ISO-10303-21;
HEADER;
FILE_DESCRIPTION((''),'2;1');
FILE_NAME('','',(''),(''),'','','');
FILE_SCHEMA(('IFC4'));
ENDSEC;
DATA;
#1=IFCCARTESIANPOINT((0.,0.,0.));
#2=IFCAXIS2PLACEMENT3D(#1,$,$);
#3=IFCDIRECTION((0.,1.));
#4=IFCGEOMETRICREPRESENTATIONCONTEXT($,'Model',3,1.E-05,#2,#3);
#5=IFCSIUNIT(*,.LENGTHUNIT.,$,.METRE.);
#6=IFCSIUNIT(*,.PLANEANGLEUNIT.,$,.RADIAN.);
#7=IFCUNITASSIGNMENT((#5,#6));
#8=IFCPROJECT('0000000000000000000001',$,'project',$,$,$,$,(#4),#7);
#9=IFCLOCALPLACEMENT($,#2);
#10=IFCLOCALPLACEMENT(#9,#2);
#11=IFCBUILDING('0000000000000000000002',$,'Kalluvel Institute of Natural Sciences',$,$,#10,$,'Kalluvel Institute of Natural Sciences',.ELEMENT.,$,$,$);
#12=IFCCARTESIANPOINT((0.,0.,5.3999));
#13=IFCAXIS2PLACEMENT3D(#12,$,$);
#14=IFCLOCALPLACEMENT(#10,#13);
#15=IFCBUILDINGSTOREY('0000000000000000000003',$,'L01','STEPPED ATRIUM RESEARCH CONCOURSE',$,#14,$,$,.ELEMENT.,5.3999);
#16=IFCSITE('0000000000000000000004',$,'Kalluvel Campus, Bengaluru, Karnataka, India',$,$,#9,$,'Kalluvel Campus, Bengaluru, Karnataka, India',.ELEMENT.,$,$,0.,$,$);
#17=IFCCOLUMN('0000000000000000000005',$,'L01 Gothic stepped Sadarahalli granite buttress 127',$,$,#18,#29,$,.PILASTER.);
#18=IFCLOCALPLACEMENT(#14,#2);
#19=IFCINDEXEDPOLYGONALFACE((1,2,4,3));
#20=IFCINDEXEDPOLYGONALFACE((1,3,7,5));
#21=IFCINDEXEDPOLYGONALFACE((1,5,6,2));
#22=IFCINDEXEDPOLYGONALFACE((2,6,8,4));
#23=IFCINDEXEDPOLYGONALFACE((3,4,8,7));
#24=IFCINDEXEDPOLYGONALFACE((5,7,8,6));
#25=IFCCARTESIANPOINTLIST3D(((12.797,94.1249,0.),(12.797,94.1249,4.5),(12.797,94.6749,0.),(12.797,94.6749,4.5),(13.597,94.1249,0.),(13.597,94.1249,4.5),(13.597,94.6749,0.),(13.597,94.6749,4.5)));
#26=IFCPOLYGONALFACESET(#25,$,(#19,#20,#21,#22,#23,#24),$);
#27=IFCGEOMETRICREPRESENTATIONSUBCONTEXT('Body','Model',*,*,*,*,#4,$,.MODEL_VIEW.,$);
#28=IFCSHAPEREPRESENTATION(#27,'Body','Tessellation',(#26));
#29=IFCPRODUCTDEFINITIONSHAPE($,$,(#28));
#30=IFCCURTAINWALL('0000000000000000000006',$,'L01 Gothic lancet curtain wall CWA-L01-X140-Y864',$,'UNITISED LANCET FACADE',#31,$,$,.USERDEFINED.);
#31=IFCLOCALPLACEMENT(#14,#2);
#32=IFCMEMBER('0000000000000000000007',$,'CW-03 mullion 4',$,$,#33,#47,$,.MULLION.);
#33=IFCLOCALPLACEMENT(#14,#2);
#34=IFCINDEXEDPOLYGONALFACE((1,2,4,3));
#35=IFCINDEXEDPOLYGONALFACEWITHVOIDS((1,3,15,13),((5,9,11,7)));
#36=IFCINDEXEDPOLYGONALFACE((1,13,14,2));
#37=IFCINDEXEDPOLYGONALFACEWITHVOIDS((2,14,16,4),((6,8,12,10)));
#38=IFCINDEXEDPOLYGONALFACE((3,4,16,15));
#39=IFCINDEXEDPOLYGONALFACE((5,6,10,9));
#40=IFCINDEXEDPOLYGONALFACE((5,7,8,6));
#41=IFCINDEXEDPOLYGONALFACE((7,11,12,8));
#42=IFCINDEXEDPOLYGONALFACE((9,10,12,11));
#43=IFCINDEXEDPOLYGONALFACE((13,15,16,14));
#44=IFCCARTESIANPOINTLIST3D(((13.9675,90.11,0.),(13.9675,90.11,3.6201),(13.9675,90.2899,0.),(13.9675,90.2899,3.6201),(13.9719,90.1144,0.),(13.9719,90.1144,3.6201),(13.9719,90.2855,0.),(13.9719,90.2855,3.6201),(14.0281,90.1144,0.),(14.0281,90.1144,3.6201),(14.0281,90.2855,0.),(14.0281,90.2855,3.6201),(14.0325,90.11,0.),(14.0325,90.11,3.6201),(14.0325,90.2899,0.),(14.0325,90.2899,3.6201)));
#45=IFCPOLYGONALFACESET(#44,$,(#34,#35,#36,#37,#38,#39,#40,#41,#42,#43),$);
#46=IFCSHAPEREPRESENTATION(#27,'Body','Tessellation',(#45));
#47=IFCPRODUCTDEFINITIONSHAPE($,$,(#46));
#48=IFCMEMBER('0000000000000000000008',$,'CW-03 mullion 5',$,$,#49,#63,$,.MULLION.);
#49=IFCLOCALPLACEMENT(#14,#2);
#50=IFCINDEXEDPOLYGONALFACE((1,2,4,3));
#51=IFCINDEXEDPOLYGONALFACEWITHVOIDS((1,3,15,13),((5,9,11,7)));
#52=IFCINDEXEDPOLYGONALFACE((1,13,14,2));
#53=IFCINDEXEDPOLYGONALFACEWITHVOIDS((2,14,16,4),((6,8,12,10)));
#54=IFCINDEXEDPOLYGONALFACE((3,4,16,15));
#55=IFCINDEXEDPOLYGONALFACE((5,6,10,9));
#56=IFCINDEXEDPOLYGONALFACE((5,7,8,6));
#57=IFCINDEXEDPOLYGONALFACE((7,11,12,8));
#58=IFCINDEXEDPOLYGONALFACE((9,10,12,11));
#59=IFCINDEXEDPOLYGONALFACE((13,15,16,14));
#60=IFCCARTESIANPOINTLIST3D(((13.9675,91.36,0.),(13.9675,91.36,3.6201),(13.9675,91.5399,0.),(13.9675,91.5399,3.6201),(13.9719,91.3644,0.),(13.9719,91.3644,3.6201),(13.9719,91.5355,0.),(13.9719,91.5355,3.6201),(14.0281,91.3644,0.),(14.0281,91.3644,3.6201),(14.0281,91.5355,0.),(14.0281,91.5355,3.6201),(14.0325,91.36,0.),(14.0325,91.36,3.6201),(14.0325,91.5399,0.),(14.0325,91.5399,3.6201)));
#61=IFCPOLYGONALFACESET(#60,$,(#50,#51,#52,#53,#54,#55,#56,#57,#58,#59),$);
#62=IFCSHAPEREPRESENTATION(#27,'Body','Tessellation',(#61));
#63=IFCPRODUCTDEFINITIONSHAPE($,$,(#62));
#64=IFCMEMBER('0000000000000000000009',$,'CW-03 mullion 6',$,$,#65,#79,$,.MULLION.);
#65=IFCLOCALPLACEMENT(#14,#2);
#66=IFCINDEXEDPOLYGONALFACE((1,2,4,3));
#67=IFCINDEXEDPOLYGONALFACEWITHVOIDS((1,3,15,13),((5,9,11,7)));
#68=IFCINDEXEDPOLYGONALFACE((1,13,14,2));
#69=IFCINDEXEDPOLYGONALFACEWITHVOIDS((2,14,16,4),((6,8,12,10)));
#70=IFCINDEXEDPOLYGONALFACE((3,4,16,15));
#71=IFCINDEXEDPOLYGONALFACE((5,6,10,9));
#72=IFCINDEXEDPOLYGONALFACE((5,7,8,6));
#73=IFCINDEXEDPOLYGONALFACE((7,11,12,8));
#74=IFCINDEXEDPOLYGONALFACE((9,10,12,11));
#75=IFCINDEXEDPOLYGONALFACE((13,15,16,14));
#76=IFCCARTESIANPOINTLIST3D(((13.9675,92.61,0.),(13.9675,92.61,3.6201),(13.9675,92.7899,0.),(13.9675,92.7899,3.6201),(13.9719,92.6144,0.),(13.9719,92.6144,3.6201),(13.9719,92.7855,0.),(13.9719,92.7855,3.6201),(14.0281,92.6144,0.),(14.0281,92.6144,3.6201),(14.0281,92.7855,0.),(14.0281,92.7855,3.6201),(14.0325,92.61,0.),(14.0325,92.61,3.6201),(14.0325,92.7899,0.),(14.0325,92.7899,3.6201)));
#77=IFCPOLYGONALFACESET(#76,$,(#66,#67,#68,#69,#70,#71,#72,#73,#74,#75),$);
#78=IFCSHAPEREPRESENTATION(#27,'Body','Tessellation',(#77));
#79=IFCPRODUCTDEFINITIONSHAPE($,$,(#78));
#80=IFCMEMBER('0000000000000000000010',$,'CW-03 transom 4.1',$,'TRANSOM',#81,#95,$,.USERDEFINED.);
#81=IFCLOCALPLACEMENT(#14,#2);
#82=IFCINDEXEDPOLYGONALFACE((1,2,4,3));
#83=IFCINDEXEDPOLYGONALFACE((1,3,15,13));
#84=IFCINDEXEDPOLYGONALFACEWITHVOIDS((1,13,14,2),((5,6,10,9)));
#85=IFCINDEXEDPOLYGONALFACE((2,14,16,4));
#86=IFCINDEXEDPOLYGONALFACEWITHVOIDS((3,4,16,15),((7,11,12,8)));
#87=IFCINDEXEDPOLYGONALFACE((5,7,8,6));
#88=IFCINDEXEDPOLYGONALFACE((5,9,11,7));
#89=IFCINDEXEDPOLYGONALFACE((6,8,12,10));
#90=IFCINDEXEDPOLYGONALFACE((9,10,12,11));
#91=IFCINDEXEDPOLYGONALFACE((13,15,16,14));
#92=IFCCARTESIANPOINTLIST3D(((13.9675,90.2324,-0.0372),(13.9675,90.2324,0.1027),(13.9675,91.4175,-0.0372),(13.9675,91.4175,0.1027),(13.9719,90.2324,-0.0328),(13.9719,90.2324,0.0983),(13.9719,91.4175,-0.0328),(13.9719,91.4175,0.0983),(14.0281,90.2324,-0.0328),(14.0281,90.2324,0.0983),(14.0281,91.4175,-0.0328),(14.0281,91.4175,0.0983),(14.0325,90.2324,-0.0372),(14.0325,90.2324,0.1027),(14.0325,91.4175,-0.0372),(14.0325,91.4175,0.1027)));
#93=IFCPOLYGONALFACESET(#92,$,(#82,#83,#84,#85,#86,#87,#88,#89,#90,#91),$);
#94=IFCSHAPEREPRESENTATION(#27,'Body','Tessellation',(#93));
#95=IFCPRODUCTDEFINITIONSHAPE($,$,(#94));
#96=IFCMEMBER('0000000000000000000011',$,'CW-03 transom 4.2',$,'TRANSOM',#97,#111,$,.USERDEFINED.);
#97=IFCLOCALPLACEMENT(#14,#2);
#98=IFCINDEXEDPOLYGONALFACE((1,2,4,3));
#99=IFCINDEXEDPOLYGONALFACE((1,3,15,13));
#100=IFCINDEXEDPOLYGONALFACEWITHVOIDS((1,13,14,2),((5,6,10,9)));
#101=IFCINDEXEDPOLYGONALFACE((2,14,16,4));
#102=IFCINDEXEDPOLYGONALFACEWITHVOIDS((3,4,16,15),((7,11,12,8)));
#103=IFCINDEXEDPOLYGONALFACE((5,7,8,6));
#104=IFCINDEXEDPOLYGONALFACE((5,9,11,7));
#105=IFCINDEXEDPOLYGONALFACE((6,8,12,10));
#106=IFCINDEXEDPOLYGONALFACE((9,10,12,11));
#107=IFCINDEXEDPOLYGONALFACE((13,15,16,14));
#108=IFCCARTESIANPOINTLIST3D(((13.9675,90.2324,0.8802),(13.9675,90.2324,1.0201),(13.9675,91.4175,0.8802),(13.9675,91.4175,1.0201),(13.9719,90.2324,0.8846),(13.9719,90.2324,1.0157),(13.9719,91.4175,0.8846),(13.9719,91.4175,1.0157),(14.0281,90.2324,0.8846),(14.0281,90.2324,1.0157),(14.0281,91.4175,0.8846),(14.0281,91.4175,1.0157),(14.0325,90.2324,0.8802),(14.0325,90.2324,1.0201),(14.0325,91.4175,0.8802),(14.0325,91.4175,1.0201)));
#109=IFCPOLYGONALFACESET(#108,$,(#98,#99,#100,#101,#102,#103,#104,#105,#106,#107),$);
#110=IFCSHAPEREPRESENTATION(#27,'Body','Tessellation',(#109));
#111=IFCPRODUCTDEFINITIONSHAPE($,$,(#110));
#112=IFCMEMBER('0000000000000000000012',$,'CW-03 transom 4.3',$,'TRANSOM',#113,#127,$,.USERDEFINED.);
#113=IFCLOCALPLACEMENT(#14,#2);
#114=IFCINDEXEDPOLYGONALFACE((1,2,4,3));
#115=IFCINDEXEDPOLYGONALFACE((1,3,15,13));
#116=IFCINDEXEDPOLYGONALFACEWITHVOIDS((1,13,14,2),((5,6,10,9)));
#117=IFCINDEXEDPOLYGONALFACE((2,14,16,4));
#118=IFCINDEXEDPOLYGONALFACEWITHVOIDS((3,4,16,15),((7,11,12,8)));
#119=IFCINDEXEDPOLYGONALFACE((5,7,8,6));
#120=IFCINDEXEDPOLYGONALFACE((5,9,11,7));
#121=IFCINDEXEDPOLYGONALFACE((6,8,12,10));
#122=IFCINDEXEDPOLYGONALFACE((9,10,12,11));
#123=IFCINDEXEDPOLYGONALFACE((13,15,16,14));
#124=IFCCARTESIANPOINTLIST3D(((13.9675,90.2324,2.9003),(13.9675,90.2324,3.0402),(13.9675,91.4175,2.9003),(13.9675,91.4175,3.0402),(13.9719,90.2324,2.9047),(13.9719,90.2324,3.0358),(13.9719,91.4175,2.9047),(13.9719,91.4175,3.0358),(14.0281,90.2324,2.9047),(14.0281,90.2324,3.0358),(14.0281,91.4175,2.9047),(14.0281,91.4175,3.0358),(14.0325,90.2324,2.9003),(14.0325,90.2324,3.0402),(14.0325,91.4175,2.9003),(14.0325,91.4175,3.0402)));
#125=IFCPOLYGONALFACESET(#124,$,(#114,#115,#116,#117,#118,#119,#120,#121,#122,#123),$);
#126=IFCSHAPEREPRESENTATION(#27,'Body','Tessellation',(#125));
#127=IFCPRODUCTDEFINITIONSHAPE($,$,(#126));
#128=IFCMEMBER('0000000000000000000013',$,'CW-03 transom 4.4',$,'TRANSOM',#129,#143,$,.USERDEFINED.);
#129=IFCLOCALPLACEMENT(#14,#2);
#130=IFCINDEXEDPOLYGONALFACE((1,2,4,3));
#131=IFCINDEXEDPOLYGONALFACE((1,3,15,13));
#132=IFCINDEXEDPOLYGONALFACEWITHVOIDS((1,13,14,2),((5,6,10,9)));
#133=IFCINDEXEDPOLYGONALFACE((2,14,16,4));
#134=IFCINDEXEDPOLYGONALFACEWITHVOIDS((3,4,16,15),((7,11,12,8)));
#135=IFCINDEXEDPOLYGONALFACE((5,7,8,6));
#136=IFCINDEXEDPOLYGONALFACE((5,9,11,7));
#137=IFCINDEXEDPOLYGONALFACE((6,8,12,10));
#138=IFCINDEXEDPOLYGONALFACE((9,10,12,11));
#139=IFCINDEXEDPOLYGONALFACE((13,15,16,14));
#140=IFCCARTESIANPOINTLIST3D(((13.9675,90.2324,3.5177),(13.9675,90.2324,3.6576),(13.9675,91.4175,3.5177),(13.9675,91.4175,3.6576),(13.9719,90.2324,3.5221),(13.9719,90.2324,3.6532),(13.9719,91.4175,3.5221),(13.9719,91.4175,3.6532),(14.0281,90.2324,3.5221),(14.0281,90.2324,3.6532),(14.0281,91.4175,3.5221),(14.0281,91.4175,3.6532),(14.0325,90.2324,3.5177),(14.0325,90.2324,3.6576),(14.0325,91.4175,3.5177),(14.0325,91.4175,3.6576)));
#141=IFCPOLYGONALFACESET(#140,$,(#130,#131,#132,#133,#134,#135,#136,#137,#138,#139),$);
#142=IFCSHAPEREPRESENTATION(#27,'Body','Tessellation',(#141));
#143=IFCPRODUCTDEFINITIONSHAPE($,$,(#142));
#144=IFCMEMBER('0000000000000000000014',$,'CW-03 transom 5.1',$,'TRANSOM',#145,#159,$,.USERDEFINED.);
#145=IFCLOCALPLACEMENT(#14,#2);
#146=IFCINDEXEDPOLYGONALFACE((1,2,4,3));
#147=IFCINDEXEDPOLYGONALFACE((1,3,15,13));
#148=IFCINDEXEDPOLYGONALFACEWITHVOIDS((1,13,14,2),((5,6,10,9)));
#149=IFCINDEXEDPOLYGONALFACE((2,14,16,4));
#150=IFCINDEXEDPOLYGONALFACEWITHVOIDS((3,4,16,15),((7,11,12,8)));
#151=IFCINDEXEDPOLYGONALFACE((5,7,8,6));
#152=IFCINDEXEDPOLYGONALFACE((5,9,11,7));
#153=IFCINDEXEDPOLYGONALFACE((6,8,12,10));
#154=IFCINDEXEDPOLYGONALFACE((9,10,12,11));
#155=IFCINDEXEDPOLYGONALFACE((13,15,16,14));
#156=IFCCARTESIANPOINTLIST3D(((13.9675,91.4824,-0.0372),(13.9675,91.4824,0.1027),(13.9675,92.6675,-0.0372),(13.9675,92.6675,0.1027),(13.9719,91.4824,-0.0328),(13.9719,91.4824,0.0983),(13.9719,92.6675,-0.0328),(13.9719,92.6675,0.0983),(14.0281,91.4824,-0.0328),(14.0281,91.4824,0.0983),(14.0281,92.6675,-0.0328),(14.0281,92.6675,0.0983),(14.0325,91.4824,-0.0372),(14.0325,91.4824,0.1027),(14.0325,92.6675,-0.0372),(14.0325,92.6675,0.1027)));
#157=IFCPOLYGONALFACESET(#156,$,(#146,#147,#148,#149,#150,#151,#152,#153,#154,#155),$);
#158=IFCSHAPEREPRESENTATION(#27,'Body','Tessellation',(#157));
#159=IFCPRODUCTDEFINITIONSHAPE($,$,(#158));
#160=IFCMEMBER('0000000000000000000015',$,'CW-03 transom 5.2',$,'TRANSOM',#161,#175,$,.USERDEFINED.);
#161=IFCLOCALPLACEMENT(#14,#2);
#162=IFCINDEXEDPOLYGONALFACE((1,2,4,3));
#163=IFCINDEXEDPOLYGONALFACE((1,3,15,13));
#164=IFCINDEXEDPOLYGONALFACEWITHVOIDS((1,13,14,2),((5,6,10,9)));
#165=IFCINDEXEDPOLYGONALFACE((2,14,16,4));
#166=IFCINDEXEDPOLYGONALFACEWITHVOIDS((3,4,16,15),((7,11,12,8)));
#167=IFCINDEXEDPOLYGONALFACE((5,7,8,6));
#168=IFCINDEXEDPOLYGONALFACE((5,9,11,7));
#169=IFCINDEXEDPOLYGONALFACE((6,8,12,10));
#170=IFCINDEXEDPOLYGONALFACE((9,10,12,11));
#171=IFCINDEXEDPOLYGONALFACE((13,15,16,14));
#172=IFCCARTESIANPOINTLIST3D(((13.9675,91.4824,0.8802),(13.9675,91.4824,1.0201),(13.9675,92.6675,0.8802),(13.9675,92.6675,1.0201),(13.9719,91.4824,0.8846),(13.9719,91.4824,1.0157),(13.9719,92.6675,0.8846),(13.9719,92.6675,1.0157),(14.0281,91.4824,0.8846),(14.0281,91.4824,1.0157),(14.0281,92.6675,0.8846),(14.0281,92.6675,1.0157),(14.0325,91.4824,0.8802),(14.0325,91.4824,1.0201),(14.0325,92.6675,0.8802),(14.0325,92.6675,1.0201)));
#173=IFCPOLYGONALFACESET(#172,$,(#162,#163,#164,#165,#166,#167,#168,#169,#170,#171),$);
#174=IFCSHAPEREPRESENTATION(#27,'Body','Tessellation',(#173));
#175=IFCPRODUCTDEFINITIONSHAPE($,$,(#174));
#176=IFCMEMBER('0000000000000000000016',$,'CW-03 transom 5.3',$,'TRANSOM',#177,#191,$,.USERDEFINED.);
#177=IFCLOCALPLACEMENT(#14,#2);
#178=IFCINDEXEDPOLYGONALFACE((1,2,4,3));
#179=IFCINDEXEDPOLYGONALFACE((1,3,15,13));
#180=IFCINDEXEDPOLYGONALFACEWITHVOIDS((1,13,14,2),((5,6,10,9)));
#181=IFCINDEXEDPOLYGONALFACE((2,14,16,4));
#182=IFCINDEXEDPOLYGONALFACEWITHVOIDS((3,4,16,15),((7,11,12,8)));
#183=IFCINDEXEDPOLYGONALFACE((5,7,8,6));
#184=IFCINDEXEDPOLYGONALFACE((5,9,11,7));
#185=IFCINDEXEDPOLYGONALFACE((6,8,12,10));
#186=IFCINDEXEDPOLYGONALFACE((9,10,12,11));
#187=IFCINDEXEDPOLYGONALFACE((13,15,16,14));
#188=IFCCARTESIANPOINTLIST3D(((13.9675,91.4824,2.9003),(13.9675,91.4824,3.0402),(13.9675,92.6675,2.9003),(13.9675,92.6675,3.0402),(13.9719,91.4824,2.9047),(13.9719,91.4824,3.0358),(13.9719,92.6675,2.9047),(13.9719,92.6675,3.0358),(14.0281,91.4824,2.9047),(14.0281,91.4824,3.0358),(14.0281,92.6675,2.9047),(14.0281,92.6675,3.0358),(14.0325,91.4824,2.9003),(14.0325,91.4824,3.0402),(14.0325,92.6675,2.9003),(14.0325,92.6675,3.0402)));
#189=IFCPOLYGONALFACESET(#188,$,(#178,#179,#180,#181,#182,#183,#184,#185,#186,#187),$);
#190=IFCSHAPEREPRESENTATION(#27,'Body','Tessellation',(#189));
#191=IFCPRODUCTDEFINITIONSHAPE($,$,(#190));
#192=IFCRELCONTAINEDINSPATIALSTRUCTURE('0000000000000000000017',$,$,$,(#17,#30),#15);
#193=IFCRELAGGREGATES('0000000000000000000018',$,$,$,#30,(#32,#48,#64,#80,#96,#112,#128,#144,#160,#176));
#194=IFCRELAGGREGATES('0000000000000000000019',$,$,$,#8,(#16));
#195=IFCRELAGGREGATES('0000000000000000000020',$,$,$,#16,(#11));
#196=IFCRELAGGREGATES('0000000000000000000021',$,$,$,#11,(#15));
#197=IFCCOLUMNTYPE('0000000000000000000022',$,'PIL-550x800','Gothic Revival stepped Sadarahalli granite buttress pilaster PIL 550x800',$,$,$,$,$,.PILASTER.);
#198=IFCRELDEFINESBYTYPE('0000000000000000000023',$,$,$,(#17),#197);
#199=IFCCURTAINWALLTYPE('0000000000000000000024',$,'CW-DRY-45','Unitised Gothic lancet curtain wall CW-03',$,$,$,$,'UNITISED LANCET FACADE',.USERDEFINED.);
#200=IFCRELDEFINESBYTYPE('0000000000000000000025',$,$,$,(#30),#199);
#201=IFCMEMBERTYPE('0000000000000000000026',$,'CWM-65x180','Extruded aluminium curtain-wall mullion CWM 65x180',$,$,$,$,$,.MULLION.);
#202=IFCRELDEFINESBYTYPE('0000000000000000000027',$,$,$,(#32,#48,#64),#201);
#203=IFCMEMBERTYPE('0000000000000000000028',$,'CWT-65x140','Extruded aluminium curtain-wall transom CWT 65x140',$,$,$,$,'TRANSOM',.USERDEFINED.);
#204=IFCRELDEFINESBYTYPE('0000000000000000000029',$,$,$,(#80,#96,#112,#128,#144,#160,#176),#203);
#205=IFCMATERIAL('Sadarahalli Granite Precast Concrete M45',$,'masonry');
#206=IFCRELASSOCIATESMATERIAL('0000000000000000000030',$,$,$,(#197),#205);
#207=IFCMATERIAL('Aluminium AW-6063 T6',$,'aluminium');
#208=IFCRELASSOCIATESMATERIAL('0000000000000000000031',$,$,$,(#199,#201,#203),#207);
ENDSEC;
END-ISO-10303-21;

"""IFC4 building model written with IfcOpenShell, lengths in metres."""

from ifc_helpers import new_model, si_unit, direction, frame, origin, origin_2d, place, context, subcontext, project, spatial, rectangle, hollow_rectangle, extrude, material, material_profile, profile_set, type_object, element, aggregate, save


model = new_model("IFC4")

# Units and contexts
model_context = context("Model", 3, precision=1e-05, world=origin(), true_north=direction((0.0, 1.0)))
body_context = subcontext(model_context, "Body", "Model", "MODEL_VIEW")
ifc_project = project(units=[si_unit("LENGTHUNIT", "METRE"), si_unit("PLANEANGLEUNIT", "RADIAN")], contexts=[model_context])

# Site, building, storey
site_placement = place(None, origin())
site = spatial("IfcSite", under=ifc_project, at=site_placement, Name="Kalluvel Campus, Bengaluru, Karnataka, India", LongName="Kalluvel Campus, Bengaluru, Karnataka, India", CompositionType="ELEMENT", RefElevation=0.0)
building_placement = place(site_placement, origin())
building = spatial("IfcBuilding", under=site, at=building_placement, Name="Kalluvel Institute of Natural Sciences", LongName="Kalluvel Institute of Natural Sciences", CompositionType="ELEMENT")
storey_placement = place(building_placement, frame((0.0, 0.0, 5.3999)))
storey = spatial("IfcBuildingStorey", under=building, at=storey_placement, Name="L01", Description="STEPPED ATRIUM RESEARCH CONCOURSE", CompositionType="ELEMENT", Elevation=5.3999)

# Column
ifc_material_1 = material(Name="Sadarahalli Granite Precast Concrete M45", Category="masonry")
ifc_material_profile_1 = material_profile(ifc_material_1, rectangle(XDim=0.55, YDim=0.8, at=origin_2d()), Name="PIL 550x800")
ifc_profile_set_1 = profile_set([ifc_material_profile_1], Name="Sadarahalli Granite Precast Concrete M45")
column_type = type_object("IfcColumnType", Name="PIL-550x800", Description="Gothic Revival stepped Sadarahalli granite buttress pilaster PIL 550x800", PredefinedType="PILASTER", material=ifc_profile_set_1)
column_placement = place(storey_placement, frame((13.197, 94.3999, 0.0), z_axis=(0.0, 0.0, 1.0), x_axis=(0.0, 1.0, 0.0)))
element("IfcColumn", 1, at=column_placement, inside=storey, type_object=column_type, Name="L01 Gothic stepped Sadarahalli granite buttress 127", PredefinedType="PILASTER", context=body_context, shape_type="SweptSolid", body=[
    extrude(rectangle(XDim=0.55, YDim=0.8, at=origin_2d()), origin(), (0.0, 0.0, 1.0), 4.5),
])

# Curtain wall, members
ifc_material_2 = material(Name="Aluminium AW-6063 T6", Category="aluminium")
curtain_wall_type = type_object("IfcCurtainWallType", Name="CW-DRY-45", Description="Unitised Gothic lancet curtain wall CW-03", ElementType="UNITISED LANCET FACADE", PredefinedType="USERDEFINED", material=ifc_material_2)
curtain_wall_placement = place(storey_placement, origin())
curtain_wall = element("IfcCurtainWall", 2, at=curtain_wall_placement, inside=storey, type_object=curtain_wall_type, Name="L01 Gothic lancet curtain wall CWA-L01-X140-Y864", ObjectType="UNITISED LANCET FACADE", PredefinedType="USERDEFINED")
ifc_material_profile_2 = material_profile(ifc_material_2, hollow_rectangle(XDim=0.0649, YDim=0.1799, WallThickness=0.0044, at=origin_2d()), Name="CWM 65x180")
ifc_profile_set_2 = profile_set([ifc_material_profile_2], Name="Aluminium AW-6063 T6")
member_type_1 = type_object("IfcMemberType", Name="CWM-65x180", Description="Extruded aluminium curtain-wall mullion CWM 65x180", PredefinedType="MULLION", material=ifc_profile_set_2)
member_1_placement = place(storey_placement, frame((14.0, 90.2, 0.0), z_axis=(0.0, 0.0, 1.0), x_axis=(-1.0, 0.0, 0.0)))
member_1 = element("IfcMember", 3, at=member_1_placement, type_object=member_type_1, Name="CW-03 mullion 4", PredefinedType="MULLION", context=body_context, shape_type="SweptSolid", body=[
    extrude(hollow_rectangle(XDim=0.0649, YDim=0.1799, WallThickness=0.0044, at=origin_2d()), origin(), (0.0, 0.0, 1.0), 3.6201),
])
member_2_placement = place(storey_placement, frame((14.0, 91.45, 0.0), z_axis=(0.0, 0.0, 1.0), x_axis=(-1.0, 0.0, 0.0)))
member_2 = element("IfcMember", 4, at=member_2_placement, type_object=member_type_1, Name="CW-03 mullion 5", PredefinedType="MULLION", context=body_context, shape_type="SweptSolid", body=[
    extrude(hollow_rectangle(XDim=0.0649, YDim=0.1799, WallThickness=0.0044, at=origin_2d()), origin(), (0.0, 0.0, 1.0), 3.6201),
])
member_3_placement = place(storey_placement, frame((14.0, 92.7, 0.0), z_axis=(0.0, 0.0, 1.0), x_axis=(-1.0, 0.0, 0.0)))
member_3 = element("IfcMember", 5, at=member_3_placement, type_object=member_type_1, Name="CW-03 mullion 6", PredefinedType="MULLION", context=body_context, shape_type="SweptSolid", body=[
    extrude(hollow_rectangle(XDim=0.0649, YDim=0.1799, WallThickness=0.0044, at=origin_2d()), origin(), (0.0, 0.0, 1.0), 3.6201),
])
ifc_material_profile_3 = material_profile(ifc_material_2, hollow_rectangle(XDim=0.0649, YDim=0.1399, WallThickness=0.0044, at=origin_2d()), Name="CWT 65x140")
ifc_profile_set_3 = profile_set([ifc_material_profile_3], Name="Aluminium AW-6063 T6")
member_type_2 = type_object("IfcMemberType", Name="CWT-65x140", Description="Extruded aluminium curtain-wall transom CWT 65x140", ElementType="TRANSOM", PredefinedType="USERDEFINED", material=ifc_profile_set_3)
member_4_placement = place(storey_placement, frame((14.0, 90.2324, 0.0327), z_axis=(0.0, 1.0, 0.0), x_axis=(-1.0, 0.0, 0.0)))
member_4 = element("IfcMember", 6, at=member_4_placement, type_object=member_type_2, Name="CW-03 transom 4.1", ObjectType="TRANSOM", PredefinedType="USERDEFINED", context=body_context, shape_type="SweptSolid", body=[
    extrude(hollow_rectangle(XDim=0.0649, YDim=0.1399, WallThickness=0.0044, at=origin_2d()), origin(), (0.0, 0.0, 1.0), 1.1851),
])
member_5_placement = place(storey_placement, frame((14.0, 90.2324, 0.9502), z_axis=(0.0, 1.0, 0.0), x_axis=(-1.0, 0.0, 0.0)))
member_5 = element("IfcMember", 7, at=member_5_placement, type_object=member_type_2, Name="CW-03 transom 4.2", ObjectType="TRANSOM", PredefinedType="USERDEFINED", context=body_context, shape_type="SweptSolid", body=[
    extrude(hollow_rectangle(XDim=0.0649, YDim=0.1399, WallThickness=0.0044, at=origin_2d()), origin(), (0.0, 0.0, 1.0), 1.1851),
])
member_6_placement = place(storey_placement, frame((14.0, 90.2324, 2.9702), z_axis=(0.0, 1.0, 0.0), x_axis=(-1.0, 0.0, 0.0)))
member_6 = element("IfcMember", 8, at=member_6_placement, type_object=member_type_2, Name="CW-03 transom 4.3", ObjectType="TRANSOM", PredefinedType="USERDEFINED", context=body_context, shape_type="SweptSolid", body=[
    extrude(hollow_rectangle(XDim=0.0649, YDim=0.1399, WallThickness=0.0044, at=origin_2d()), origin(), (0.0, 0.0, 1.0), 1.1851),
])
member_7_placement = place(storey_placement, frame((14.0, 90.2324, 3.5876), z_axis=(0.0, 1.0, 0.0), x_axis=(-1.0, 0.0, 0.0)))
member_7 = element("IfcMember", 9, at=member_7_placement, type_object=member_type_2, Name="CW-03 transom 4.4", ObjectType="TRANSOM", PredefinedType="USERDEFINED", context=body_context, shape_type="SweptSolid", body=[
    extrude(hollow_rectangle(XDim=0.0649, YDim=0.1399, WallThickness=0.0044, at=origin_2d()), origin(), (0.0, 0.0, 1.0), 1.1851),
])
member_8_placement = place(storey_placement, frame((14.0, 91.4824, 0.0327), z_axis=(0.0, 1.0, 0.0), x_axis=(-1.0, 0.0, 0.0)))
member_8 = element("IfcMember", 10, at=member_8_placement, type_object=member_type_2, Name="CW-03 transom 5.1", ObjectType="TRANSOM", PredefinedType="USERDEFINED", context=body_context, shape_type="SweptSolid", body=[
    extrude(hollow_rectangle(XDim=0.0649, YDim=0.1399, WallThickness=0.0044, at=origin_2d()), origin(), (0.0, 0.0, 1.0), 1.1851),
])
member_9_placement = place(storey_placement, frame((14.0, 91.4824, 0.9502), z_axis=(0.0, 1.0, 0.0), x_axis=(-1.0, 0.0, 0.0)))
member_9 = element("IfcMember", 11, at=member_9_placement, type_object=member_type_2, Name="CW-03 transom 5.2", ObjectType="TRANSOM", PredefinedType="USERDEFINED", context=body_context, shape_type="SweptSolid", body=[
    extrude(hollow_rectangle(XDim=0.0649, YDim=0.1399, WallThickness=0.0044, at=origin_2d()), origin(), (0.0, 0.0, 1.0), 1.1851),
])
member_10_placement = place(storey_placement, frame((14.0, 91.4824, 2.9702), z_axis=(0.0, 1.0, 0.0), x_axis=(-1.0, 0.0, 0.0)))
member_10 = element("IfcMember", 12, at=member_10_placement, type_object=member_type_2, Name="CW-03 transom 5.3", ObjectType="TRANSOM", PredefinedType="USERDEFINED", context=body_context, shape_type="SweptSolid", body=[
    extrude(hollow_rectangle(XDim=0.0649, YDim=0.1399, WallThickness=0.0044, at=origin_2d()), origin(), (0.0, 0.0, 1.0), 1.1851),
])
aggregate(curtain_wall, [member_1, member_2, member_3, member_4, member_5, member_6, member_7, member_8, member_9, member_10])

save(model, "model.ifc")
